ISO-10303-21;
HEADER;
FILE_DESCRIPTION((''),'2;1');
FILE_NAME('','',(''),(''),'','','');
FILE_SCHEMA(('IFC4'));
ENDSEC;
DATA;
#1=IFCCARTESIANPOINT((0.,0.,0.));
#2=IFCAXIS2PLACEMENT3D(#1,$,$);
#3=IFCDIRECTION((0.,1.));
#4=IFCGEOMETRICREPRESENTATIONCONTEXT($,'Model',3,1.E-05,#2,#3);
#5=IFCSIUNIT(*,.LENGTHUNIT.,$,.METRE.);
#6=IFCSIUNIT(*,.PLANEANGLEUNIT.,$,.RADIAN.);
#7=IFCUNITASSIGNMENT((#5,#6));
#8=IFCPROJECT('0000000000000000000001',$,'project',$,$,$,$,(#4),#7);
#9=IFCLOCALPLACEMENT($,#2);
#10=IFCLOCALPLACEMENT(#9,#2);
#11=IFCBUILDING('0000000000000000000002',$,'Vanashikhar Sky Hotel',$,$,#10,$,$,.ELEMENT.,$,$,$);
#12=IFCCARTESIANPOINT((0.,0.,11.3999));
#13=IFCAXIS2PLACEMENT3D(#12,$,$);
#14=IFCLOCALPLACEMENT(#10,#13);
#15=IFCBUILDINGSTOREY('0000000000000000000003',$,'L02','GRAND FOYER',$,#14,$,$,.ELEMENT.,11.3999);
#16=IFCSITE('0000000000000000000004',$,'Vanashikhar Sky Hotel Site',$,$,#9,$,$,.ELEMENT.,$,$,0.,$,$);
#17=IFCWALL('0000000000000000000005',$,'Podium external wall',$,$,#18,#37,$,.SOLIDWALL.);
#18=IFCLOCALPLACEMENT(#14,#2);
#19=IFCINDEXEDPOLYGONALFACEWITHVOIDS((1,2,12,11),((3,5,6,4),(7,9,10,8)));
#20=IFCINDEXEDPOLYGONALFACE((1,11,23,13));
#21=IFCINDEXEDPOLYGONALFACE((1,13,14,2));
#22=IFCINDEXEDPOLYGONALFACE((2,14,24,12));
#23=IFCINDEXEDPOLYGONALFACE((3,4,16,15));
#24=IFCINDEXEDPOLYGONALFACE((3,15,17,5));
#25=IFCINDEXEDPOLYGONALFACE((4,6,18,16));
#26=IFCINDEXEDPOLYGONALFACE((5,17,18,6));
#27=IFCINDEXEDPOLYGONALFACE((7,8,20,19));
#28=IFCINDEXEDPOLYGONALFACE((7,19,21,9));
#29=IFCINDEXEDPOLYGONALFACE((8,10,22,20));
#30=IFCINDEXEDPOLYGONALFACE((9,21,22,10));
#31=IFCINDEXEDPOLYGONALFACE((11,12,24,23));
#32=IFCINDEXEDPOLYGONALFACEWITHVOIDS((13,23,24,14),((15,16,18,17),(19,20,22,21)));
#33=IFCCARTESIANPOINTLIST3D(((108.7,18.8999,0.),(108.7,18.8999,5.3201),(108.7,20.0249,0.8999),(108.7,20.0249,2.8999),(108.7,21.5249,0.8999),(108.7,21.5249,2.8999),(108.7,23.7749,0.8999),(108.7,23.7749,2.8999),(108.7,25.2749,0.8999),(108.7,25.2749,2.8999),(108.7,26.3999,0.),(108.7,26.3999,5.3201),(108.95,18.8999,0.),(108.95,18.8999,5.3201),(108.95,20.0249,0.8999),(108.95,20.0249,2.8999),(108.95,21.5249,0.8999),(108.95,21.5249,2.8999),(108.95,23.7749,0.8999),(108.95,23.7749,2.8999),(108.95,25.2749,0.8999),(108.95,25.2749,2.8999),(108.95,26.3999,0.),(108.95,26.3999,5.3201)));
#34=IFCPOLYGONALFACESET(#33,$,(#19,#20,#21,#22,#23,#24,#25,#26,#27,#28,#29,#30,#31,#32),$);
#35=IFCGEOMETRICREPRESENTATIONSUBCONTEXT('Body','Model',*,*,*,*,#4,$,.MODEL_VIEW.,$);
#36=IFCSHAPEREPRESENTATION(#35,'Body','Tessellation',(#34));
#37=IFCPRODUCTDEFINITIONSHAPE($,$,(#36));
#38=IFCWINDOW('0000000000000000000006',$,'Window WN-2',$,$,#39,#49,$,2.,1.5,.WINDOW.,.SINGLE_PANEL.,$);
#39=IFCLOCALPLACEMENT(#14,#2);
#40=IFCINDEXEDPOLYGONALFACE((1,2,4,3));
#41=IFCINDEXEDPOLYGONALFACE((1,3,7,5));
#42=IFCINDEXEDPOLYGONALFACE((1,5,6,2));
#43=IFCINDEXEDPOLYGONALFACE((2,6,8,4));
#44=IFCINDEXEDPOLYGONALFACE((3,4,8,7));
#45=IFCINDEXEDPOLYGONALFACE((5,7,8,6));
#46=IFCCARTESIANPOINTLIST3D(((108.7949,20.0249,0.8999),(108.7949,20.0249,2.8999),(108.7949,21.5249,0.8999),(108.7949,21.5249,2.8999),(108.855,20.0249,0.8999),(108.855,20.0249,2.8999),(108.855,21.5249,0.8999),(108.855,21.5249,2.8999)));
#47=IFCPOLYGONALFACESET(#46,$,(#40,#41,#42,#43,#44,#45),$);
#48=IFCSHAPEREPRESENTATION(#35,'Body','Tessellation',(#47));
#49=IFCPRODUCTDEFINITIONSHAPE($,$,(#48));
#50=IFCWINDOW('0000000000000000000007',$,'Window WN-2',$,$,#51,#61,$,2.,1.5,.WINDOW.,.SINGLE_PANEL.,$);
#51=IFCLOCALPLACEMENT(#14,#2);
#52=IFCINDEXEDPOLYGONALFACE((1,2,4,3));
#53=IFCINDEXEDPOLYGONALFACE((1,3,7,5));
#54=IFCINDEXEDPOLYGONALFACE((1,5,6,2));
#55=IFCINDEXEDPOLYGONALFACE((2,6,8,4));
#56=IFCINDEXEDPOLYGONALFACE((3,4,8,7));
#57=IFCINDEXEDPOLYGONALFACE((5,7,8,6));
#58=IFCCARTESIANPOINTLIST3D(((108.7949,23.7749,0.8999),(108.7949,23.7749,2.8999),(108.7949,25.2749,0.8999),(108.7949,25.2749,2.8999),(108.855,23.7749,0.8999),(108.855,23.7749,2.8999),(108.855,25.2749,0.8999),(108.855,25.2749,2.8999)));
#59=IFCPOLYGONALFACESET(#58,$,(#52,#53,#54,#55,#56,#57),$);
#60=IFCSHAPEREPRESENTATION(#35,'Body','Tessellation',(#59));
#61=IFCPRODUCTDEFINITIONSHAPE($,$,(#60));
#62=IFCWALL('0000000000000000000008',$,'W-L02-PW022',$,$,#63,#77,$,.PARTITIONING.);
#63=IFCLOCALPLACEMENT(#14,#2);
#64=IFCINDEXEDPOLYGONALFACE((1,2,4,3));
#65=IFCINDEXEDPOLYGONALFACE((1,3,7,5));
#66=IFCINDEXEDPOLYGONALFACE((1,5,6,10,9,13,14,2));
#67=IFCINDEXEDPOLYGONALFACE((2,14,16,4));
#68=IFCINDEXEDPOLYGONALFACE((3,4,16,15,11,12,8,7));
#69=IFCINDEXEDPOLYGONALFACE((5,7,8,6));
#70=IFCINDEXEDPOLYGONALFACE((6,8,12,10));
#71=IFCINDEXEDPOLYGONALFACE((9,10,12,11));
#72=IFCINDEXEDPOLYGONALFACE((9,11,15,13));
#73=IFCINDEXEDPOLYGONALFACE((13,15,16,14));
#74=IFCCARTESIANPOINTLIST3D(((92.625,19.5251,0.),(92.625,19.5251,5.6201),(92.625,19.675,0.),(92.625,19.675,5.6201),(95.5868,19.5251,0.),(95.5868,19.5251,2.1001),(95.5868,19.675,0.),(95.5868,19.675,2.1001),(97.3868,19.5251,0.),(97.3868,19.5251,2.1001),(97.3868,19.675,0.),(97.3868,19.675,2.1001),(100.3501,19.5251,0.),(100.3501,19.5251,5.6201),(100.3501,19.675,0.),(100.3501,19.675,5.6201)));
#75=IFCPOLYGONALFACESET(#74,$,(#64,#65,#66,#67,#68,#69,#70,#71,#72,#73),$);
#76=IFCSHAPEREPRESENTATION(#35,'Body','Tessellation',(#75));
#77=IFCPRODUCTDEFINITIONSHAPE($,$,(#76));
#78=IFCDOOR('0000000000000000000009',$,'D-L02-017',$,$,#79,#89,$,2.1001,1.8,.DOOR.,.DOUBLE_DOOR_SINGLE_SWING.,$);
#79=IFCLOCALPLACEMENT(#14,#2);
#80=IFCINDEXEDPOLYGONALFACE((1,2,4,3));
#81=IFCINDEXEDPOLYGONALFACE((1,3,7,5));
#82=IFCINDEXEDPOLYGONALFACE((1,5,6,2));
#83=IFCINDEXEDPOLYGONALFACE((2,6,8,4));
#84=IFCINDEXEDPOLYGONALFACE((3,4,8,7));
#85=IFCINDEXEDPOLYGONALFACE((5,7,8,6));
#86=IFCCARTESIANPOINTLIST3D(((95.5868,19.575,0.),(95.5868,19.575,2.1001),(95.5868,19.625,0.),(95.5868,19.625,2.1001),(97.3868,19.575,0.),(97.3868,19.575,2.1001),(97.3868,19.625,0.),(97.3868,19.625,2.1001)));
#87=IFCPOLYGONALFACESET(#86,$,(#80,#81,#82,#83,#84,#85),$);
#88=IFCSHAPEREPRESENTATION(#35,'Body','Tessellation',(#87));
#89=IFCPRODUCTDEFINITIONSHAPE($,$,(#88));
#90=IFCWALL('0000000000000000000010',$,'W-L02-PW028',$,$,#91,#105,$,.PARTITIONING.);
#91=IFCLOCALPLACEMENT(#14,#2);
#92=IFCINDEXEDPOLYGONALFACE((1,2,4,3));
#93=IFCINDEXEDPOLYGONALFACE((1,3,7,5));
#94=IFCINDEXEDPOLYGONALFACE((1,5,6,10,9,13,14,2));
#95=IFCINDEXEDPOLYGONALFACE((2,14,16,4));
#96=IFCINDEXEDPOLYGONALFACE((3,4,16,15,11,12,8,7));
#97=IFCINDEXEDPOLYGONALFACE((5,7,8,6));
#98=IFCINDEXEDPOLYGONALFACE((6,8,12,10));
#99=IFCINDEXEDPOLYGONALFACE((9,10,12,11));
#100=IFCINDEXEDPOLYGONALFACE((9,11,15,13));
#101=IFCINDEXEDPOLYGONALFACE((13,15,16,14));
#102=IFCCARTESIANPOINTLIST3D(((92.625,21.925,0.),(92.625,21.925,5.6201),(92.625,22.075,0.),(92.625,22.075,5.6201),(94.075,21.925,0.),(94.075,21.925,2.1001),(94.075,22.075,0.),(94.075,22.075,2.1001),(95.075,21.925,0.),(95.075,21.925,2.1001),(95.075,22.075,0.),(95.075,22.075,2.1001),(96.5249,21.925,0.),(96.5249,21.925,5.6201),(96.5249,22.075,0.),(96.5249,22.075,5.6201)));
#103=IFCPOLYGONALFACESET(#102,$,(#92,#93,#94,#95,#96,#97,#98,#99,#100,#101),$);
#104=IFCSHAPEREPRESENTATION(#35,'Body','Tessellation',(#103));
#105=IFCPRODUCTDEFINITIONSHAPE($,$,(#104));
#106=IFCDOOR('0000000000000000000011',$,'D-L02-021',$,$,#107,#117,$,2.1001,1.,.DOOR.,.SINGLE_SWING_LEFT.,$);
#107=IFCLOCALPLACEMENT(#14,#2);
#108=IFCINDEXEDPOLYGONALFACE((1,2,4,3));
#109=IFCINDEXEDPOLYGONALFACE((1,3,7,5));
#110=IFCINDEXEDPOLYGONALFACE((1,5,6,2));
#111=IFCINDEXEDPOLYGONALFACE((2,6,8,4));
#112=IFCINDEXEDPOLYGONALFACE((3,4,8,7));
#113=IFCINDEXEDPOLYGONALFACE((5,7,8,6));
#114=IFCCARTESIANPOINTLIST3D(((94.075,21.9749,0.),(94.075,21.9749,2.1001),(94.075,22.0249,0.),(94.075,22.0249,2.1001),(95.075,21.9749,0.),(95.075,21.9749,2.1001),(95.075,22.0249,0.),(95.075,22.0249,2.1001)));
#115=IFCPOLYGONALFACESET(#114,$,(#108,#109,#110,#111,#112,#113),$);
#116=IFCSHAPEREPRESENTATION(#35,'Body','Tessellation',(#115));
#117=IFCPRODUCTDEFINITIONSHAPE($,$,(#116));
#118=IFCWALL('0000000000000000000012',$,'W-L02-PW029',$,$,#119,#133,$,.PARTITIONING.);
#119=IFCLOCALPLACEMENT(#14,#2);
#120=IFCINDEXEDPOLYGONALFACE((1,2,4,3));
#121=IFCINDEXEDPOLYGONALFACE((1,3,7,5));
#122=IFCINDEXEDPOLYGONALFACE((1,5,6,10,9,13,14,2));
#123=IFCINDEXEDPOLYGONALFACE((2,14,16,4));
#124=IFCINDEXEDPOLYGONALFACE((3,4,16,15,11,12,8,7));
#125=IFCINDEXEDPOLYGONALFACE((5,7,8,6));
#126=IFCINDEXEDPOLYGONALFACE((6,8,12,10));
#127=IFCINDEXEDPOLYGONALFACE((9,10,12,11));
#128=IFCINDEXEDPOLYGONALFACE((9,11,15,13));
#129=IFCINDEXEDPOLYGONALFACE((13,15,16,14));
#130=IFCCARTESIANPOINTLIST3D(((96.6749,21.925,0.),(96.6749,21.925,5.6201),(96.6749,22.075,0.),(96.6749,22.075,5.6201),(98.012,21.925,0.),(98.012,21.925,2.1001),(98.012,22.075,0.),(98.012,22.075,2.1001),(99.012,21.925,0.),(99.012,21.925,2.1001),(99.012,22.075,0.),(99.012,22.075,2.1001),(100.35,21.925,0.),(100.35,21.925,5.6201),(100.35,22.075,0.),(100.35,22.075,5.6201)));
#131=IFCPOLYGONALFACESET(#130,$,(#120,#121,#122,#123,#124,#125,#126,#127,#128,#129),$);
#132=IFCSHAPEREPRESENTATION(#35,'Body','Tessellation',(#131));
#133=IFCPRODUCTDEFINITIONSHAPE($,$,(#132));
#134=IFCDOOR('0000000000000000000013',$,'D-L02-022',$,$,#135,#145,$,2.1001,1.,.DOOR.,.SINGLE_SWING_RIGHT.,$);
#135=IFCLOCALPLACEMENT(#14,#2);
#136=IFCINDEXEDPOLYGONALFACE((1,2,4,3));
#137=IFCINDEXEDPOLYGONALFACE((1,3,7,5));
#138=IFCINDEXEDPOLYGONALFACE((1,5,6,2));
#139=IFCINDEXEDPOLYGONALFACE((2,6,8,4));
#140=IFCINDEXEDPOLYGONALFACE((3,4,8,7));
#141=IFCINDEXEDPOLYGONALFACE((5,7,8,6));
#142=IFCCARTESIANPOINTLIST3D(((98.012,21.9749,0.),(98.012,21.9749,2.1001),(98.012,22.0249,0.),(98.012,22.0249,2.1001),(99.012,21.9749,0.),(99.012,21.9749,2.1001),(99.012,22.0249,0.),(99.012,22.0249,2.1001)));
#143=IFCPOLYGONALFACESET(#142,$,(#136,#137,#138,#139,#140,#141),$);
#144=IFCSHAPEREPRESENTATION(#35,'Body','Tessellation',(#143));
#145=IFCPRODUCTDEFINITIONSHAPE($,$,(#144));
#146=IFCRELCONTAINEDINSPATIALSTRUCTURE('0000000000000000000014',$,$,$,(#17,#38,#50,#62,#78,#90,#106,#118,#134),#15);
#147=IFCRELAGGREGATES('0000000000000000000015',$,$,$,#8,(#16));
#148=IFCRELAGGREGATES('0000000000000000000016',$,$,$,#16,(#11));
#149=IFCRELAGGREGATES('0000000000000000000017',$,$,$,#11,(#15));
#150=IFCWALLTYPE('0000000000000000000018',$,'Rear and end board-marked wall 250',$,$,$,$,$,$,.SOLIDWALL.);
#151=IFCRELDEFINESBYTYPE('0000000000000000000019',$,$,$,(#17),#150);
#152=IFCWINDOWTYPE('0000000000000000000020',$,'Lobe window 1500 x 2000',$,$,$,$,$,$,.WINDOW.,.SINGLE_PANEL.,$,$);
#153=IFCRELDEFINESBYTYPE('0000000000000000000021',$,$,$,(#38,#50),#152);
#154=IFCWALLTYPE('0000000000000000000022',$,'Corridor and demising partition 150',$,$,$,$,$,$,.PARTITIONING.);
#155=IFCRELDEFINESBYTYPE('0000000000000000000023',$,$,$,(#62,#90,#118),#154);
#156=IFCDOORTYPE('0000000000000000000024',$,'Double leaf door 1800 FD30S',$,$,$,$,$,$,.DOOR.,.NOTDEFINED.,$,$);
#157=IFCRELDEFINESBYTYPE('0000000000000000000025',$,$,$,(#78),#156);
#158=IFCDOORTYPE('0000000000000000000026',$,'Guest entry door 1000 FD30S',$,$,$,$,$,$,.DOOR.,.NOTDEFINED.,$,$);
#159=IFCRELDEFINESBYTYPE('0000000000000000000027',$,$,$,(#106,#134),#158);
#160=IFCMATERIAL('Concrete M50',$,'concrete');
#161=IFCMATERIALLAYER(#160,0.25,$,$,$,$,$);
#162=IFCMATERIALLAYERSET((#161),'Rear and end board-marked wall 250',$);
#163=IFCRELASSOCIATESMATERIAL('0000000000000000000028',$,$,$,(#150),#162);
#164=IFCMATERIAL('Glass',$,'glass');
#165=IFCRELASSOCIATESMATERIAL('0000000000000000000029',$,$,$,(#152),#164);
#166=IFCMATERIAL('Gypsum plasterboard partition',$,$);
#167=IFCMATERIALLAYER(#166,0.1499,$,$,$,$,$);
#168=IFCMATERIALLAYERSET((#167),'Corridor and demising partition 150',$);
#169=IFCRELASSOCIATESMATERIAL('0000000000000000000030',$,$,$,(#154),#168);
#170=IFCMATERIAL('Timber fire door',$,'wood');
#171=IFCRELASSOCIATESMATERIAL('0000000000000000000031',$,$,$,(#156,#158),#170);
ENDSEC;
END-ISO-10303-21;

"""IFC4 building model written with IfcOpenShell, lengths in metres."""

from ifc_helpers import new_model, si_unit, direction, frame, frame_2d, origin, place, context, subcontext, project, spatial, rectangle, extrude, source, transform, mapped, material, layer, layer_set, type_object, element, fill, save


model = new_model("IFC4")

# Units and contexts
model_context = context("Model", 3, precision=1e-05, world=origin(), true_north=direction((0.0, 1.0)))
body_context = subcontext(model_context, "Body", "Model", "MODEL_VIEW")
ifc_project = project(units=[si_unit("LENGTHUNIT", "METRE"), si_unit("PLANEANGLEUNIT", "RADIAN")], contexts=[model_context])

# Site, building, storey
site_placement = place(None, origin())
site = spatial("IfcSite", under=ifc_project, at=site_placement, Name="Vanashikhar Sky Hotel Site", CompositionType="ELEMENT", RefElevation=0.0)
building_placement = place(site_placement, origin())
building = spatial("IfcBuilding", under=site, at=building_placement, Name="Vanashikhar Sky Hotel", CompositionType="ELEMENT")
storey_placement = place(building_placement, frame((0.0, 0.0, 11.3999)))
storey = spatial("IfcBuildingStorey", under=building, at=storey_placement, Name="L02", Description="GRAND FOYER", CompositionType="ELEMENT", Elevation=11.3999)

# Shared definitions
ifc_material_1 = material(Name="Concrete M50", Category="concrete")

# Wall, openings, windows
ifc_layer_1 = layer(ifc_material_1, 0.25)
ifc_layer_set_1 = layer_set([ifc_layer_1], Name="Rear and end board-marked wall 250")
wall_type_1 = type_object("IfcWallType", Name="Rear and end board-marked wall 250", PredefinedType="SOLIDWALL", material=ifc_layer_set_1)
shared_shape_1 = source(origin(), body_context, "Body", "SweptSolid", [
    extrude(rectangle(XDim=7.5, YDim=0.25, at=frame_2d((3.75, 0.0))), origin(), (0.0, 0.0, 1.0), 5.3201),
])
shared_shape_2 = source(origin(), body_context, "Body", "SweptSolid", [
    extrude(rectangle(XDim=1.5, YDim=2.0, at=frame_2d((0.75, 1.0))), frame((0.0, 0.135, 0.0), z_axis=(0.0, -1.0, 0.0), x_axis=(1.0, 0.0, 0.0)), (0.0, 0.0, 1.0), 0.27),
])
ifc_material_2 = material(Name="Glass", Category="glass")
window_type = type_object("IfcWindowType", Name="Lobe window 1500 x 2000", PartitioningType="SINGLE_PANEL", PredefinedType="WINDOW", material=ifc_material_2)
shared_shape_3 = source(origin(), body_context, "Body", "SweptSolid", [
    extrude(rectangle(XDim=1.5, YDim=2.0, at=frame_2d((0.75, 1.0))), frame((0.0, 0.03, 0.0), z_axis=(0.0, -1.0, 0.0), x_axis=(1.0, 0.0, 0.0)), (0.0, 0.0, 1.0), 0.0601),
])
wall_1_placement = place(storey_placement, frame((108.825, 18.8999, 0.0), z_axis=(0.0, 0.0, 1.0), x_axis=(0.0, 1.0, 0.0)))
wall_1 = element("IfcWall", 1, at=wall_1_placement, inside=storey, type_object=wall_type_1, Name="Podium external wall", PredefinedType="SOLIDWALL", context=body_context, shape_type="MappedRepresentation", body=[
    mapped(shared_shape_1, transform((0.0, 0.0, 0.0), scale=1.0)),
])
opening_1_placement = place(wall_1_placement, frame((1.125, 0.0, 0.8999)))
opening_1 = element("IfcOpeningElement", 2, at=opening_1_placement, cuts=wall_1, PredefinedType="OPENING", context=body_context, shape_type="MappedRepresentation", body=[
    mapped(shared_shape_2, transform((0.0, 0.0, 0.0), scale=1.0)),
])
opening_2_placement = place(wall_1_placement, frame((4.875, 0.0, 0.8999)))
opening_2 = element("IfcOpeningElement", 3, at=opening_2_placement, cuts=wall_1, PredefinedType="OPENING", context=body_context, shape_type="MappedRepresentation", body=[
    mapped(shared_shape_2, transform((0.0, 0.0, 0.0), scale=1.0)),
])
window_1_placement = place(opening_1_placement, origin())
window_1 = element("IfcWindow", 4, at=window_1_placement, inside=storey, type_object=window_type, Name="Window WN-2", OverallHeight=2.0, OverallWidth=1.5, PartitioningType="SINGLE_PANEL", PredefinedType="WINDOW", context=body_context, shape_type="MappedRepresentation", body=[
    mapped(shared_shape_3, transform((0.0, 0.0, 0.0), scale=1.0)),
])
fill(opening_1, window_1)
window_2_placement = place(opening_2_placement, origin())
window_2 = element("IfcWindow", 5, at=window_2_placement, inside=storey, type_object=window_type, Name="Window WN-2", OverallHeight=2.0, OverallWidth=1.5, PartitioningType="SINGLE_PANEL", PredefinedType="WINDOW", context=body_context, shape_type="MappedRepresentation", body=[
    mapped(shared_shape_3, transform((0.0, 0.0, 0.0), scale=1.0)),
])
fill(opening_2, window_2)

# Walls, openings, doors
ifc_material_3 = material(Name="Gypsum plasterboard partition")
ifc_layer_2 = layer(ifc_material_3, 0.1499)
ifc_layer_set_2 = layer_set([ifc_layer_2], Name="Corridor and demising partition 150")
wall_type_2 = type_object("IfcWallType", Name="Corridor and demising partition 150", PredefinedType="PARTITIONING", material=ifc_layer_set_2)
shared_shape_4 = source(origin(), body_context, "Body", "SweptSolid", [
    extrude(rectangle(XDim=7.7251, YDim=0.1499, at=frame_2d((3.8625, 0.0))), origin(), (0.0, 0.0, 1.0), 5.6201),
])
wall_2_placement = place(storey_placement, frame((92.625, 19.6001, 0.0), z_axis=(0.0, 0.0, 1.0), x_axis=(1.0, 0.0, 0.0)))
wall_2 = element("IfcWall", 6, at=wall_2_placement, inside=storey, type_object=wall_type_2, Name="W-L02-PW022", PredefinedType="PARTITIONING", context=body_context, shape_type="MappedRepresentation", body=[
    mapped(shared_shape_4, transform((0.0, 0.0, 0.0), scale=1.0)),
])
shared_shape_5 = source(origin(), body_context, "Body", "SweptSolid", [
    extrude(rectangle(XDim=1.8, YDim=2.1001, at=frame_2d((0.8999, 1.05))), frame((0.0, 0.085, 0.0), z_axis=(0.0, -1.0, 0.0), x_axis=(1.0, 0.0, 0.0)), (0.0, 0.0, 1.0), 0.1699),
])
opening_3_placement = place(wall_2_placement, frame((2.9619, 0.0, 0.0)))
opening_3 = element("IfcOpeningElement", 7, at=opening_3_placement, cuts=wall_2, PredefinedType="OPENING", context=body_context, shape_type="MappedRepresentation", body=[
    mapped(shared_shape_5, transform((0.0, 0.0, 0.0), scale=1.0)),
])
ifc_material_4 = material(Name="Timber fire door", Category="wood")
door_type_1 = type_object("IfcDoorType", Name="Double leaf door 1800 FD30S", OperationType="NOTDEFINED", PredefinedType="DOOR", material=ifc_material_4)
shared_shape_6 = source(origin(), body_context, "Body", "SweptSolid", [
    extrude(rectangle(XDim=1.8, YDim=2.1001, at=frame_2d((0.8999, 1.05))), frame((0.0, 0.0249, 0.0), z_axis=(0.0, -1.0, 0.0), x_axis=(1.0, 0.0, 0.0)), (0.0, 0.0, 1.0), 0.05),
])
door_1_placement = place(opening_3_placement, origin())
door_1 = element("IfcDoor", 8, at=door_1_placement, inside=storey, type_object=door_type_1, Name="D-L02-017", OperationType="DOUBLE_DOOR_SINGLE_SWING", OverallHeight=2.1001, OverallWidth=1.8, PredefinedType="DOOR", context=body_context, shape_type="MappedRepresentation", body=[
    mapped(shared_shape_6, transform((0.0, 0.0, 0.0), scale=1.0)),
])
fill(opening_3, door_1)
shared_shape_7 = source(origin(), body_context, "Body", "SweptSolid", [
    extrude(rectangle(XDim=3.8999, YDim=0.1499, at=frame_2d((1.95, 0.0))), origin(), (0.0, 0.0, 1.0), 5.6201),
])
wall_3_placement = place(storey_placement, frame((92.625, 22.0, 0.0), z_axis=(0.0, 0.0, 1.0), x_axis=(1.0, 0.0, 0.0)))
wall_3 = element("IfcWall", 9, at=wall_3_placement, inside=storey, type_object=wall_type_2, Name="W-L02-PW028", PredefinedType="PARTITIONING", context=body_context, shape_type="MappedRepresentation", body=[
    mapped(shared_shape_7, transform((0.0, 0.0, 0.0), scale=1.0)),
])
shared_shape_8 = source(origin(), body_context, "Body", "SweptSolid", [
    extrude(rectangle(XDim=1.0, YDim=2.1001, at=frame_2d((0.5, 1.05))), frame((0.0, 0.085, 0.0), z_axis=(0.0, -1.0, 0.0), x_axis=(1.0, 0.0, 0.0)), (0.0, 0.0, 1.0), 0.1699),
])
opening_4_placement = place(wall_3_placement, frame((1.45, 0.0, 0.0)))
opening_4 = element("IfcOpeningElement", 10, at=opening_4_placement, cuts=wall_3, PredefinedType="OPENING", context=body_context, shape_type="MappedRepresentation", body=[
    mapped(shared_shape_8, transform((0.0, 0.0, 0.0), scale=1.0)),
])
door_type_2 = type_object("IfcDoorType", Name="Guest entry door 1000 FD30S", OperationType="NOTDEFINED", PredefinedType="DOOR", material=ifc_material_4)
shared_shape_9 = source(origin(), body_context, "Body", "SweptSolid", [
    extrude(rectangle(XDim=1.0, YDim=2.1001, at=frame_2d((0.5, 1.05))), frame((0.0, 0.0249, 0.0), z_axis=(0.0, -1.0, 0.0), x_axis=(1.0, 0.0, 0.0)), (0.0, 0.0, 1.0), 0.05),
])
door_2_placement = place(opening_4_placement, origin())
door_2 = element("IfcDoor", 11, at=door_2_placement, inside=storey, type_object=door_type_2, Name="D-L02-021", OperationType="SINGLE_SWING_LEFT", OverallHeight=2.1001, OverallWidth=1.0, PredefinedType="DOOR", context=body_context, shape_type="MappedRepresentation", body=[
    mapped(shared_shape_9, transform((0.0, 0.0, 0.0), scale=1.0)),
])
fill(opening_4, door_2)
shared_shape_10 = source(origin(), body_context, "Body", "SweptSolid", [
    extrude(rectangle(XDim=3.675, YDim=0.1499, at=frame_2d((1.8374, 0.0))), origin(), (0.0, 0.0, 1.0), 5.6201),
])
wall_4_placement = place(storey_placement, frame((96.675, 22.0, 0.0), z_axis=(0.0, 0.0, 1.0), x_axis=(1.0, 0.0, 0.0)))
wall_4 = element("IfcWall", 12, at=wall_4_placement, inside=storey, type_object=wall_type_2, Name="W-L02-PW029", PredefinedType="PARTITIONING", context=body_context, shape_type="MappedRepresentation", body=[
    mapped(shared_shape_10, transform((0.0, 0.0, 0.0), scale=1.0)),
])
opening_5_placement = place(wall_4_placement, frame((1.3369, 0.0, 0.0)))
opening_5 = element("IfcOpeningElement", 13, at=opening_5_placement, cuts=wall_4, PredefinedType="OPENING", context=body_context, shape_type="MappedRepresentation", body=[
    mapped(shared_shape_8, transform((0.0, 0.0, 0.0), scale=1.0)),
])
door_3_placement = place(opening_5_placement, origin())
door_3 = element("IfcDoor", 14, at=door_3_placement, inside=storey, type_object=door_type_2, Name="D-L02-022", OperationType="SINGLE_SWING_RIGHT", OverallHeight=2.1001, OverallWidth=1.0, PredefinedType="DOOR", context=body_context, shape_type="MappedRepresentation", body=[
    mapped(shared_shape_9, transform((0.0, 0.0, 0.0), scale=1.0)),
])
fill(opening_5, door_3)

save(model, "model.ifc")
